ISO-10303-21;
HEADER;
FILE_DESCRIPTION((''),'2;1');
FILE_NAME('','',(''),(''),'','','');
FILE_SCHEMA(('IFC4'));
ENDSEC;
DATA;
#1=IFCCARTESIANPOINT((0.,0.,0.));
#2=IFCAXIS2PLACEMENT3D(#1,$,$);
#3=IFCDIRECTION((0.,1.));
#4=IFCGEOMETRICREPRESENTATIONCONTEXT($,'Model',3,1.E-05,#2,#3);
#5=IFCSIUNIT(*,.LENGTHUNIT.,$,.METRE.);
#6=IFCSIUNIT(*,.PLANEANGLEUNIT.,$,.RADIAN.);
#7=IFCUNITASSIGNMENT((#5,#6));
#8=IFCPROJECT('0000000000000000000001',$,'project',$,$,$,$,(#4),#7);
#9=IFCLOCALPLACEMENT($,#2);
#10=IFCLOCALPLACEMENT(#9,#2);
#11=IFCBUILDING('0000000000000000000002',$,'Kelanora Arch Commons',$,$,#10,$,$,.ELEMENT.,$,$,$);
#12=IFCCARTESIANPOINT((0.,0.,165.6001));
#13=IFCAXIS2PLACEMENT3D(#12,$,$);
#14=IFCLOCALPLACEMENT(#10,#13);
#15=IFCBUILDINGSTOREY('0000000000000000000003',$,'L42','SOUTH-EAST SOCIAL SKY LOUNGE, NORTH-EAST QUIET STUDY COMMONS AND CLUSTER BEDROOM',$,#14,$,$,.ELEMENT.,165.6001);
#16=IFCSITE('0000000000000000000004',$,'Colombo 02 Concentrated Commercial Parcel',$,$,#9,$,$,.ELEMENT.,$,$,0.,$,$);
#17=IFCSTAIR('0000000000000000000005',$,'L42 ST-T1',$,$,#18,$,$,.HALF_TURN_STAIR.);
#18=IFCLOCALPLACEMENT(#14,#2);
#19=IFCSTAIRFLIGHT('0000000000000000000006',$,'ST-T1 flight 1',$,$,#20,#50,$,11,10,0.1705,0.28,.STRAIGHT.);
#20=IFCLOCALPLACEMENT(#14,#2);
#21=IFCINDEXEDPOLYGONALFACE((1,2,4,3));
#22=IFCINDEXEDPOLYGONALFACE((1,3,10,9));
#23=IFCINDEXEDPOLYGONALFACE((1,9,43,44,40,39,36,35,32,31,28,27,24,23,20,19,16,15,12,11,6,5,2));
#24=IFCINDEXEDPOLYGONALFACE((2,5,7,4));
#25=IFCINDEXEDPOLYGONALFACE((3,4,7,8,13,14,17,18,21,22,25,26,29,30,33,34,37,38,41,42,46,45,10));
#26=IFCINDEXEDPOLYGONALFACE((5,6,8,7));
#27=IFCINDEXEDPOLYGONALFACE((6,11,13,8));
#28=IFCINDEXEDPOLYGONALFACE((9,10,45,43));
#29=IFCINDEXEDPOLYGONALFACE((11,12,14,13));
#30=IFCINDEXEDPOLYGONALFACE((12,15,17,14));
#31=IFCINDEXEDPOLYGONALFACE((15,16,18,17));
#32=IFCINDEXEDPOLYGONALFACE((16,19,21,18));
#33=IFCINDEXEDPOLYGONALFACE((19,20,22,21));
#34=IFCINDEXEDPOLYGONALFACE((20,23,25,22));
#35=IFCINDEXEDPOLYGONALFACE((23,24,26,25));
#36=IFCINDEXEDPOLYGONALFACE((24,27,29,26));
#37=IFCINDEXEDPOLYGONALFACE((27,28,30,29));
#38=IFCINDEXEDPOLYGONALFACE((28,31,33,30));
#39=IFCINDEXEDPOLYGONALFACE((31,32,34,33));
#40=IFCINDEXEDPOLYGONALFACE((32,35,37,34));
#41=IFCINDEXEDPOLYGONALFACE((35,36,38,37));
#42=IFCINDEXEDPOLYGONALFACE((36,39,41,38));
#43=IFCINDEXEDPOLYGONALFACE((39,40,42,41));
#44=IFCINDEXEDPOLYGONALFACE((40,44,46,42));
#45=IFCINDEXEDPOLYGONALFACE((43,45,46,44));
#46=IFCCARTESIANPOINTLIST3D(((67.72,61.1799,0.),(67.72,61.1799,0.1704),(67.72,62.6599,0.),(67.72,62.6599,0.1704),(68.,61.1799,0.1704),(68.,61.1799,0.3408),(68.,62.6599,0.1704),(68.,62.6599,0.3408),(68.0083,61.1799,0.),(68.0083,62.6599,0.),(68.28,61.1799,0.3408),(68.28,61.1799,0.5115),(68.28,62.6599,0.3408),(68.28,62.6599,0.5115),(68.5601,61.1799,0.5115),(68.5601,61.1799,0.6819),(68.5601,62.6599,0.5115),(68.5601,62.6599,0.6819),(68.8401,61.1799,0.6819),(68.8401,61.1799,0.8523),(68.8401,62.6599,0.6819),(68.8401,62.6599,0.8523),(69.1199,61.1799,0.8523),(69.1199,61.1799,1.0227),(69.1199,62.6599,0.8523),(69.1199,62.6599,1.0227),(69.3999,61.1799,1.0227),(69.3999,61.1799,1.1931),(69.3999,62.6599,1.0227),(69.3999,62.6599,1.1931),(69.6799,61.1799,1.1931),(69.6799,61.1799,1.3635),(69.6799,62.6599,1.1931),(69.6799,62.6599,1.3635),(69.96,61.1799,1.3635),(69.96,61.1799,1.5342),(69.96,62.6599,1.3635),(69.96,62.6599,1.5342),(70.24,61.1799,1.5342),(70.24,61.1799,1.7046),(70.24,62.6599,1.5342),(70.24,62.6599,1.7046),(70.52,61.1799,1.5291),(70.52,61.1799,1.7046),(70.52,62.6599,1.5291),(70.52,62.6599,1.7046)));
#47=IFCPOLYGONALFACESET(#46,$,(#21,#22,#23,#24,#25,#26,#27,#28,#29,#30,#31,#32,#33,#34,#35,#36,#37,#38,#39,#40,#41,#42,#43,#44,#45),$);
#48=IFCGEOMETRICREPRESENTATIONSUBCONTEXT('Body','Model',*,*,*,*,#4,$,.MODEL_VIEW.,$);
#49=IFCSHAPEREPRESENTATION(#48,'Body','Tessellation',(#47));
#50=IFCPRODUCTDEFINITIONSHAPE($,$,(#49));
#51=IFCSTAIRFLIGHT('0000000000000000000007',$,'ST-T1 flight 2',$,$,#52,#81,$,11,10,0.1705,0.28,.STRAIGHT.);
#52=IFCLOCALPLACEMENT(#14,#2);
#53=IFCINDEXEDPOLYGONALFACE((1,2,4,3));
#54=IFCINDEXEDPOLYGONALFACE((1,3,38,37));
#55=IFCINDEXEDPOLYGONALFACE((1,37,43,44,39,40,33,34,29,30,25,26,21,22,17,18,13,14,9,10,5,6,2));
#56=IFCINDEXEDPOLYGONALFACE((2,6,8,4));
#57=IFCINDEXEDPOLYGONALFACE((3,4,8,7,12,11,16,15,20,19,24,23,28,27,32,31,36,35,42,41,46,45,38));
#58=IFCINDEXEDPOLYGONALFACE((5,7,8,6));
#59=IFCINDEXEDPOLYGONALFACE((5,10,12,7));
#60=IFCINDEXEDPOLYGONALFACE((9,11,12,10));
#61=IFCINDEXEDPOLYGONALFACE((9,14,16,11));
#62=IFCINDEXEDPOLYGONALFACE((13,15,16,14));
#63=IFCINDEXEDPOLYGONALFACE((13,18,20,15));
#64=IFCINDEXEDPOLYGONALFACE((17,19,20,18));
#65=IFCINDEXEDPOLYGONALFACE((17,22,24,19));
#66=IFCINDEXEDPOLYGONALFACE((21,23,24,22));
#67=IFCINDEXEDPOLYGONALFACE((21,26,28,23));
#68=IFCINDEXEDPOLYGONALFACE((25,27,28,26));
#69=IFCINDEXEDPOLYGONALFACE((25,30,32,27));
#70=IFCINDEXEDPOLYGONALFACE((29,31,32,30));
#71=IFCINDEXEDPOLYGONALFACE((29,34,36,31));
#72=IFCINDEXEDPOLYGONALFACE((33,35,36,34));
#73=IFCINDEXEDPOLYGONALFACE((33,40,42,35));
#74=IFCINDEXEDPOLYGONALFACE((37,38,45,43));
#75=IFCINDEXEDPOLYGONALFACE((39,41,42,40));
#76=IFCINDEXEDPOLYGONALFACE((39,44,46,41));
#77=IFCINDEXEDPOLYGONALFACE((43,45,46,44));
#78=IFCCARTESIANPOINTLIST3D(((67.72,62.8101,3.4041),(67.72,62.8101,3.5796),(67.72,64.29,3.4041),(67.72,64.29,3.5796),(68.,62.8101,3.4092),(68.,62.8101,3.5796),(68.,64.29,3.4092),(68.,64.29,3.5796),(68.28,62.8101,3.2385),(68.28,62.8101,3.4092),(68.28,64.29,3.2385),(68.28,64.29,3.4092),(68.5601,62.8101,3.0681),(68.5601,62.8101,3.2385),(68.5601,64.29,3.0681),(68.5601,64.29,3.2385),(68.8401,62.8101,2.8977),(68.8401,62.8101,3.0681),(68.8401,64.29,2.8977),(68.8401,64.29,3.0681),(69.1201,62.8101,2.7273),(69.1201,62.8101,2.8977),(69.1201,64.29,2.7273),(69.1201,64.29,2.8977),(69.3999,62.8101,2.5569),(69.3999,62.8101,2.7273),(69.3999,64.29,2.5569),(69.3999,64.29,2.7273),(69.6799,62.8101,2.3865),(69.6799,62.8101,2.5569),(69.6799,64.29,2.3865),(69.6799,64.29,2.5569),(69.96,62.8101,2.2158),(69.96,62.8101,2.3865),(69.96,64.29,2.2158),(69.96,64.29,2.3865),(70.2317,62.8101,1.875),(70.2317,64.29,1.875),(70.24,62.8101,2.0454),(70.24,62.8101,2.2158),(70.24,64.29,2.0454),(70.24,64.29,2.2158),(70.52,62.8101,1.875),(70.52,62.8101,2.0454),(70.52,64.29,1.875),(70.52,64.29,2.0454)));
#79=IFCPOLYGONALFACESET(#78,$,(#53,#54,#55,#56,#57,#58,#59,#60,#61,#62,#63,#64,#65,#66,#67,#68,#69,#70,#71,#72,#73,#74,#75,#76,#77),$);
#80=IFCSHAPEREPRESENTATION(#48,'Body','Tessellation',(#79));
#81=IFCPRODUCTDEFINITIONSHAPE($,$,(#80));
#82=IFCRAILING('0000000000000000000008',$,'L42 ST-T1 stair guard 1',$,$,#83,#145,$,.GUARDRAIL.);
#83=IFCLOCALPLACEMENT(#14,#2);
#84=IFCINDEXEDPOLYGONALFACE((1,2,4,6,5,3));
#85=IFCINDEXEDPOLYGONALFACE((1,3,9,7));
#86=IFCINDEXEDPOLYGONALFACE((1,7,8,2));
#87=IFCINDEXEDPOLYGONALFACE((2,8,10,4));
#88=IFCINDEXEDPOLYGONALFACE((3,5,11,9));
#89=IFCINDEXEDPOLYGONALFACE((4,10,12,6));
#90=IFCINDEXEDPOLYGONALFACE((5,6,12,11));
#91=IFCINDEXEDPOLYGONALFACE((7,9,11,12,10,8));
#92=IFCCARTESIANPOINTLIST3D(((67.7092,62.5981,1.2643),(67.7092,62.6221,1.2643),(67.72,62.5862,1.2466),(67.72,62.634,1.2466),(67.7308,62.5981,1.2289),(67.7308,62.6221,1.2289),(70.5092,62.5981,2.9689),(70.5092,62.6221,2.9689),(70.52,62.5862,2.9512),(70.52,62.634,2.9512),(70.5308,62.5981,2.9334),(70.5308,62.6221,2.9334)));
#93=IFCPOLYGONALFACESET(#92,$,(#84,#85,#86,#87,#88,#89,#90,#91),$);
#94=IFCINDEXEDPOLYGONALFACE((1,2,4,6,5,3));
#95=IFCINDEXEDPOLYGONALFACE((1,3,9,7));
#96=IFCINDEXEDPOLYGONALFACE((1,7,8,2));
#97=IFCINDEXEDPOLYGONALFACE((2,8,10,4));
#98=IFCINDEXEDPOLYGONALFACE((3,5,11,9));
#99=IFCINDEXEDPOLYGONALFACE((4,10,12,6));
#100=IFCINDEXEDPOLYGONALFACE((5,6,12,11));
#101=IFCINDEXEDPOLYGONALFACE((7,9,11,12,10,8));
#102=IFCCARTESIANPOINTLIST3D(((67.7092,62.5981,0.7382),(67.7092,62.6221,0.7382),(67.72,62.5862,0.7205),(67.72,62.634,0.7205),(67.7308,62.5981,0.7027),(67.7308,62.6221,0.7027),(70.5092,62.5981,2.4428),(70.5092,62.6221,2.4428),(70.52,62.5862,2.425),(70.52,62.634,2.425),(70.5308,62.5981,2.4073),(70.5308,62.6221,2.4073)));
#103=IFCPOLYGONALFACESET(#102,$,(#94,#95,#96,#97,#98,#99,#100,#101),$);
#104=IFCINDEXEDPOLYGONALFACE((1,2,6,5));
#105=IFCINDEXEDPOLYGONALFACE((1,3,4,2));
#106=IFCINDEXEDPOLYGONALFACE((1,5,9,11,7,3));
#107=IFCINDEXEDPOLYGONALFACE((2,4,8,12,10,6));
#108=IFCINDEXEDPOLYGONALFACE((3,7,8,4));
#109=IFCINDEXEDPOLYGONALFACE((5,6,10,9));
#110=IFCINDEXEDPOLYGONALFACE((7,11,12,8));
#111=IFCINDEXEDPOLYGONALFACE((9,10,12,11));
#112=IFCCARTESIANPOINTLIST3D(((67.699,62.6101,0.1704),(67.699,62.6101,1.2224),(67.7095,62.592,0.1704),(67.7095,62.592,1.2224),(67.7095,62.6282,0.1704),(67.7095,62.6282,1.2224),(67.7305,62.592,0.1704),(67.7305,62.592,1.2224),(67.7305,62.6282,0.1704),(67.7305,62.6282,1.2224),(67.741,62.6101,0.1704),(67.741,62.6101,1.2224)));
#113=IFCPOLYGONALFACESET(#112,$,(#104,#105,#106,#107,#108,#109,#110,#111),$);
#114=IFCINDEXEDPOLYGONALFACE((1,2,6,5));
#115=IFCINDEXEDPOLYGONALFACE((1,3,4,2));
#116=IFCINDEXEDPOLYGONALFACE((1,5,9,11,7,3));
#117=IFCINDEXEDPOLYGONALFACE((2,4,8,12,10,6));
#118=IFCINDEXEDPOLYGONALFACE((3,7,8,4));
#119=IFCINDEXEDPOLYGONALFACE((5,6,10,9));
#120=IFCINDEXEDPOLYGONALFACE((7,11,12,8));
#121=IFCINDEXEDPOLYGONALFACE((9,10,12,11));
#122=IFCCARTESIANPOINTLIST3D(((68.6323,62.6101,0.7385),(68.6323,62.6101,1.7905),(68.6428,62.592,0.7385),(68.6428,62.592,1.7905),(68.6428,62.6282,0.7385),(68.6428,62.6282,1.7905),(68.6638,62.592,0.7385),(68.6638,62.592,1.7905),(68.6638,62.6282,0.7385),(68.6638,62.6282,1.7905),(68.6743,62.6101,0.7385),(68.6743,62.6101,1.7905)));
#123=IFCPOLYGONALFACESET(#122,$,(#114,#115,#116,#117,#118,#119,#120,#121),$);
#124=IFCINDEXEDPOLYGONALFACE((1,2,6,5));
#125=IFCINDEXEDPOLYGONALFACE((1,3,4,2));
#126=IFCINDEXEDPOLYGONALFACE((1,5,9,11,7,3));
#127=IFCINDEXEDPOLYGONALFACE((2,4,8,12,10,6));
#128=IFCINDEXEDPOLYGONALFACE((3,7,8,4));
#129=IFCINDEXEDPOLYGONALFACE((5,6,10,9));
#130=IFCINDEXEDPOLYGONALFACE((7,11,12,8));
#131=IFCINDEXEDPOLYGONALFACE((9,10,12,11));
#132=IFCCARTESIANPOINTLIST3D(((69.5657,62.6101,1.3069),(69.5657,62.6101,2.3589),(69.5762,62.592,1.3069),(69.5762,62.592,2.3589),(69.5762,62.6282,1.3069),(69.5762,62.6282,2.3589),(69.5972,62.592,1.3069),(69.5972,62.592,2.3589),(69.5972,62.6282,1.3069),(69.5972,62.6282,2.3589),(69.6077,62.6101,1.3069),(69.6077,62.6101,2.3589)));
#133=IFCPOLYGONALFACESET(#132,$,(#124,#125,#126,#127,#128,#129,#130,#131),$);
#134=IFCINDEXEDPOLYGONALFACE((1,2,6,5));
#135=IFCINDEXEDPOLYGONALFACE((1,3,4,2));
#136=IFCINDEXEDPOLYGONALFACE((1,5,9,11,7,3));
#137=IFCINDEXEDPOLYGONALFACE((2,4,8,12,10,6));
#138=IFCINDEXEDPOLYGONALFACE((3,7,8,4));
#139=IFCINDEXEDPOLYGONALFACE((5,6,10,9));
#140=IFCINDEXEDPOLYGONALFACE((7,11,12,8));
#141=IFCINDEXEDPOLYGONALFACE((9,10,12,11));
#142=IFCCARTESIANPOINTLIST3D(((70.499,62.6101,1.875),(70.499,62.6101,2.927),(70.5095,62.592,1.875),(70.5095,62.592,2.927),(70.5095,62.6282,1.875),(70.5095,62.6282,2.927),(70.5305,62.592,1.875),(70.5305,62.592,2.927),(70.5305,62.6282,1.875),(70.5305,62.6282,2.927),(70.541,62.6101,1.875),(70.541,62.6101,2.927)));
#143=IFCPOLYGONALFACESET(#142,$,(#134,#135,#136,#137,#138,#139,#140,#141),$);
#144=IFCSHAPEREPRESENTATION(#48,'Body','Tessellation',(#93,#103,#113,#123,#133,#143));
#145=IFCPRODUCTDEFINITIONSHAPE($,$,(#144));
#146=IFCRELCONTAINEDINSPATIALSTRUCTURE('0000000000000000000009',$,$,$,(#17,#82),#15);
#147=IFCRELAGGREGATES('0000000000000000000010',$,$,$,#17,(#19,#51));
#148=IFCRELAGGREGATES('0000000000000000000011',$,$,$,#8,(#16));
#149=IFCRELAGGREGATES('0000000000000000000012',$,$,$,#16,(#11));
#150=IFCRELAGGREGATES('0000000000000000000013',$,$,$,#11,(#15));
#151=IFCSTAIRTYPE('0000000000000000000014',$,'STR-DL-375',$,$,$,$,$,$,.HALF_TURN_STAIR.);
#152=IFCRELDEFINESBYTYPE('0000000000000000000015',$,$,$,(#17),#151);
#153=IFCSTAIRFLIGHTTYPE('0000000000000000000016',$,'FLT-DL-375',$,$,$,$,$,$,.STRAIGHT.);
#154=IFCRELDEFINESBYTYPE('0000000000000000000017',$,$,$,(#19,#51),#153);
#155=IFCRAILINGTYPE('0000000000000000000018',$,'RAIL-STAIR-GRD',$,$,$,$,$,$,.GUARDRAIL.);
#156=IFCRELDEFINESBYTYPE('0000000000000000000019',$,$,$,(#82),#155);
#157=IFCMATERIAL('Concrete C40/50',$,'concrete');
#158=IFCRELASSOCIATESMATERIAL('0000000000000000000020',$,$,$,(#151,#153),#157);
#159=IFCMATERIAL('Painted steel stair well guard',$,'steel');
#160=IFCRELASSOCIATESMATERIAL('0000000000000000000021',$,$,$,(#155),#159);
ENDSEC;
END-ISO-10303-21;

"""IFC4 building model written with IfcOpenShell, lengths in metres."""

from ifc_helpers import new_model, si_unit, direction, frame, origin, place, context, subcontext, project, spatial, polyline, outline, extrude, material, type_object, element, aggregate, save


model = new_model("IFC4")

# Units and contexts
model_context = context("Model", 3, precision=1e-05, world=origin(), true_north=direction((0.0, 1.0)))
body_context = subcontext(model_context, "Body", "Model", "MODEL_VIEW")
ifc_project = project(units=[si_unit("LENGTHUNIT", "METRE"), si_unit("PLANEANGLEUNIT", "RADIAN")], contexts=[model_context])

# Site, building, storey
site_placement = place(None, origin())
site = spatial("IfcSite", under=ifc_project, at=site_placement, Name="Colombo 02 Concentrated Commercial Parcel", CompositionType="ELEMENT", RefElevation=0.0)
building_placement = place(site_placement, origin())
building = spatial("IfcBuilding", under=site, at=building_placement, Name="Kelanora Arch Commons", CompositionType="ELEMENT")
storey_placement = place(building_placement, frame((0.0, 0.0, 165.6001)))
storey = spatial("IfcBuildingStorey", under=building, at=storey_placement, Name="L42", Description="SOUTH-EAST SOCIAL SKY LOUNGE, NORTH-EAST QUIET STUDY COMMONS AND CLUSTER BEDROOM", CompositionType="ELEMENT", Elevation=165.6001)

# Shared definitions
ifc_material_1 = material(Name="Concrete C40/50", Category="concrete")

# Stair, stair flights
stair_type = type_object("IfcStairType", Name="STR-DL-375", PredefinedType="HALF_TURN_STAIR", material=ifc_material_1)
stair_placement = place(storey_placement, origin())
stair = element("IfcStair", 1, at=stair_placement, inside=storey, type_object=stair_type, Name="L42 ST-T1", PredefinedType="HALF_TURN_STAIR")
stair_flight_type = type_object("IfcStairFlightType", Name="FLT-DL-375", PredefinedType="STRAIGHT", material=ifc_material_1)
stair_flight_1_placement = place(storey_placement, frame((67.72, 61.9199, 0.0), z_axis=(0.0, 0.0, 1.0), x_axis=(1.0, 0.0, 0.0)))
stair_flight_1 = element("IfcStairFlight", 2, at=stair_flight_1_placement, type_object=stair_flight_type, Name="ST-T1 flight 1", NumberOfRisers=11, NumberOfTreads=10, PredefinedType="STRAIGHT", RiserHeight=0.1705, TreadLength=0.28, context=body_context, shape_type="SweptSolid", body=[
    extrude(outline(polyline([(0.0, 0.0), (0.0, 0.1704), (0.28, 0.1704), (0.28, 0.3408), (0.5601, 0.3408), (0.5601, 0.5115), (0.8401, 0.5115), (0.8401, 0.6819), (1.1201, 0.6819), (1.1201, 0.8523), (1.3999, 0.8523), (1.3999, 1.0227), (1.6799, 1.0227), (1.6799, 1.1931), (1.96, 1.1931), (1.96, 1.3635), (2.24, 1.3635), (2.24, 1.5342), (2.52, 1.5342), (2.52, 1.7046), (2.8, 1.7046), (2.8, 1.875), (2.8, 1.5291), (0.2883, 0.0), (0.0, 0.0)])), frame((0.0, 0.74, 0.0), z_axis=(0.0, -1.0, 0.0), x_axis=(1.0, 0.0, 0.0)), (0.0, 0.0, 1.0), 1.48),
])
stair_flight_2_placement = place(storey_placement, frame((70.52, 63.55, 1.875), z_axis=(0.0, 0.0, 1.0), x_axis=(-1.0, 0.0, 0.0)))
stair_flight_2 = element("IfcStairFlight", 3, at=stair_flight_2_placement, type_object=stair_flight_type, Name="ST-T1 flight 2", NumberOfRisers=11, NumberOfTreads=10, PredefinedType="STRAIGHT", RiserHeight=0.1705, TreadLength=0.28, context=body_context, shape_type="SweptSolid", body=[
    extrude(outline(polyline([(0.0, 0.0), (0.0, 0.1704), (0.28, 0.1704), (0.28, 0.3408), (0.5601, 0.3408), (0.5601, 0.5115), (0.8401, 0.5115), (0.8401, 0.6819), (1.1201, 0.6819), (1.1201, 0.8523), (1.3999, 0.8523), (1.3999, 1.0227), (1.6799, 1.0227), (1.6799, 1.1931), (1.96, 1.1931), (1.96, 1.3635), (2.24, 1.3635), (2.24, 1.5342), (2.52, 1.5342), (2.52, 1.7046), (2.8, 1.7046), (2.8, 1.875), (2.8, 1.5291), (0.2883, 0.0), (0.0, 0.0)])), frame((0.0, 0.74, 0.0), z_axis=(0.0, -1.0, 0.0), x_axis=(1.0, 0.0, 0.0)), (0.0, 0.0, 1.0), 1.48),
])
aggregate(stair, [stair_flight_1, stair_flight_2])

# Railing
ifc_material_2 = material(Name="Painted steel stair well guard", Category="steel")
railing_type_1 = type_object("IfcRailingType", Name="RAIL-STAIR-GRD", PredefinedType="GUARDRAIL", material=ifc_material_2)
railing_1_placement = place(storey_placement, frame((67.72, 62.6101, 0.1704)))
element("IfcRailing", 4, at=railing_1_placement, inside=storey, type_object=railing_type_1, Name="L42 ST-T1 stair guard 1", PredefinedType="GUARDRAIL", context=body_context, shape_type="SweptSolid", body=[
    extrude(outline(polyline([(0.0239, 0.0), (0.012, 0.0208), (-0.012, 0.0208), (-0.0239, 0.0), (-0.012, -0.0208), (0.012, -0.0208), (0.0239, 0.0)])), frame((0.0, 0.0, 1.0762), z_axis=(0.85417, 0.0, 0.519994), x_axis=(0.0, 1.0, 0.0)), (0.0, 0.0, 1.0), 3.2781),
    extrude(outline(polyline([(0.0239, 0.0), (0.012, 0.0208), (-0.012, 0.0208), (-0.0239, 0.0), (-0.012, -0.0208), (0.012, -0.0208), (0.0239, 0.0)])), frame((0.0, 0.0, 0.55), z_axis=(0.85417, 0.0, 0.519994), x_axis=(0.0, 1.0, 0.0)), (0.0, 0.0, 1.0), 3.2781),
    extrude(outline(polyline([(0.021, 0.0), (0.0105, 0.0181), (-0.0105, 0.0181), (-0.021, 0.0), (-0.0105, -0.0181), (0.0105, -0.0181), (0.021, 0.0)])), origin(), (0.0, 0.0, 1.0), 1.052),
    extrude(outline(polyline([(0.021, 0.0), (0.0105, 0.0181), (-0.0105, 0.0181), (-0.021, 0.0), (-0.0105, -0.0181), (0.0105, -0.0181), (0.021, 0.0)])), frame((0.9333, 0.0, 0.5681)), (0.0, 0.0, 1.0), 1.052),
    extrude(outline(polyline([(0.021, 0.0), (0.0105, 0.0181), (-0.0105, 0.0181), (-0.021, 0.0), (-0.0105, -0.0181), (0.0105, -0.0181), (0.021, 0.0)])), frame((1.8667, 0.0, 1.1365)), (0.0, 0.0, 1.0), 1.052),
    extrude(outline(polyline([(0.021, 0.0), (0.0105, 0.0181), (-0.0105, 0.0181), (-0.021, 0.0), (-0.0105, -0.0181), (0.0105, -0.0181), (0.021, 0.0)])), frame((2.8, 0.0, 1.7046)), (0.0, 0.0, 1.0), 1.052),
])

save(model, "model.ifc")
